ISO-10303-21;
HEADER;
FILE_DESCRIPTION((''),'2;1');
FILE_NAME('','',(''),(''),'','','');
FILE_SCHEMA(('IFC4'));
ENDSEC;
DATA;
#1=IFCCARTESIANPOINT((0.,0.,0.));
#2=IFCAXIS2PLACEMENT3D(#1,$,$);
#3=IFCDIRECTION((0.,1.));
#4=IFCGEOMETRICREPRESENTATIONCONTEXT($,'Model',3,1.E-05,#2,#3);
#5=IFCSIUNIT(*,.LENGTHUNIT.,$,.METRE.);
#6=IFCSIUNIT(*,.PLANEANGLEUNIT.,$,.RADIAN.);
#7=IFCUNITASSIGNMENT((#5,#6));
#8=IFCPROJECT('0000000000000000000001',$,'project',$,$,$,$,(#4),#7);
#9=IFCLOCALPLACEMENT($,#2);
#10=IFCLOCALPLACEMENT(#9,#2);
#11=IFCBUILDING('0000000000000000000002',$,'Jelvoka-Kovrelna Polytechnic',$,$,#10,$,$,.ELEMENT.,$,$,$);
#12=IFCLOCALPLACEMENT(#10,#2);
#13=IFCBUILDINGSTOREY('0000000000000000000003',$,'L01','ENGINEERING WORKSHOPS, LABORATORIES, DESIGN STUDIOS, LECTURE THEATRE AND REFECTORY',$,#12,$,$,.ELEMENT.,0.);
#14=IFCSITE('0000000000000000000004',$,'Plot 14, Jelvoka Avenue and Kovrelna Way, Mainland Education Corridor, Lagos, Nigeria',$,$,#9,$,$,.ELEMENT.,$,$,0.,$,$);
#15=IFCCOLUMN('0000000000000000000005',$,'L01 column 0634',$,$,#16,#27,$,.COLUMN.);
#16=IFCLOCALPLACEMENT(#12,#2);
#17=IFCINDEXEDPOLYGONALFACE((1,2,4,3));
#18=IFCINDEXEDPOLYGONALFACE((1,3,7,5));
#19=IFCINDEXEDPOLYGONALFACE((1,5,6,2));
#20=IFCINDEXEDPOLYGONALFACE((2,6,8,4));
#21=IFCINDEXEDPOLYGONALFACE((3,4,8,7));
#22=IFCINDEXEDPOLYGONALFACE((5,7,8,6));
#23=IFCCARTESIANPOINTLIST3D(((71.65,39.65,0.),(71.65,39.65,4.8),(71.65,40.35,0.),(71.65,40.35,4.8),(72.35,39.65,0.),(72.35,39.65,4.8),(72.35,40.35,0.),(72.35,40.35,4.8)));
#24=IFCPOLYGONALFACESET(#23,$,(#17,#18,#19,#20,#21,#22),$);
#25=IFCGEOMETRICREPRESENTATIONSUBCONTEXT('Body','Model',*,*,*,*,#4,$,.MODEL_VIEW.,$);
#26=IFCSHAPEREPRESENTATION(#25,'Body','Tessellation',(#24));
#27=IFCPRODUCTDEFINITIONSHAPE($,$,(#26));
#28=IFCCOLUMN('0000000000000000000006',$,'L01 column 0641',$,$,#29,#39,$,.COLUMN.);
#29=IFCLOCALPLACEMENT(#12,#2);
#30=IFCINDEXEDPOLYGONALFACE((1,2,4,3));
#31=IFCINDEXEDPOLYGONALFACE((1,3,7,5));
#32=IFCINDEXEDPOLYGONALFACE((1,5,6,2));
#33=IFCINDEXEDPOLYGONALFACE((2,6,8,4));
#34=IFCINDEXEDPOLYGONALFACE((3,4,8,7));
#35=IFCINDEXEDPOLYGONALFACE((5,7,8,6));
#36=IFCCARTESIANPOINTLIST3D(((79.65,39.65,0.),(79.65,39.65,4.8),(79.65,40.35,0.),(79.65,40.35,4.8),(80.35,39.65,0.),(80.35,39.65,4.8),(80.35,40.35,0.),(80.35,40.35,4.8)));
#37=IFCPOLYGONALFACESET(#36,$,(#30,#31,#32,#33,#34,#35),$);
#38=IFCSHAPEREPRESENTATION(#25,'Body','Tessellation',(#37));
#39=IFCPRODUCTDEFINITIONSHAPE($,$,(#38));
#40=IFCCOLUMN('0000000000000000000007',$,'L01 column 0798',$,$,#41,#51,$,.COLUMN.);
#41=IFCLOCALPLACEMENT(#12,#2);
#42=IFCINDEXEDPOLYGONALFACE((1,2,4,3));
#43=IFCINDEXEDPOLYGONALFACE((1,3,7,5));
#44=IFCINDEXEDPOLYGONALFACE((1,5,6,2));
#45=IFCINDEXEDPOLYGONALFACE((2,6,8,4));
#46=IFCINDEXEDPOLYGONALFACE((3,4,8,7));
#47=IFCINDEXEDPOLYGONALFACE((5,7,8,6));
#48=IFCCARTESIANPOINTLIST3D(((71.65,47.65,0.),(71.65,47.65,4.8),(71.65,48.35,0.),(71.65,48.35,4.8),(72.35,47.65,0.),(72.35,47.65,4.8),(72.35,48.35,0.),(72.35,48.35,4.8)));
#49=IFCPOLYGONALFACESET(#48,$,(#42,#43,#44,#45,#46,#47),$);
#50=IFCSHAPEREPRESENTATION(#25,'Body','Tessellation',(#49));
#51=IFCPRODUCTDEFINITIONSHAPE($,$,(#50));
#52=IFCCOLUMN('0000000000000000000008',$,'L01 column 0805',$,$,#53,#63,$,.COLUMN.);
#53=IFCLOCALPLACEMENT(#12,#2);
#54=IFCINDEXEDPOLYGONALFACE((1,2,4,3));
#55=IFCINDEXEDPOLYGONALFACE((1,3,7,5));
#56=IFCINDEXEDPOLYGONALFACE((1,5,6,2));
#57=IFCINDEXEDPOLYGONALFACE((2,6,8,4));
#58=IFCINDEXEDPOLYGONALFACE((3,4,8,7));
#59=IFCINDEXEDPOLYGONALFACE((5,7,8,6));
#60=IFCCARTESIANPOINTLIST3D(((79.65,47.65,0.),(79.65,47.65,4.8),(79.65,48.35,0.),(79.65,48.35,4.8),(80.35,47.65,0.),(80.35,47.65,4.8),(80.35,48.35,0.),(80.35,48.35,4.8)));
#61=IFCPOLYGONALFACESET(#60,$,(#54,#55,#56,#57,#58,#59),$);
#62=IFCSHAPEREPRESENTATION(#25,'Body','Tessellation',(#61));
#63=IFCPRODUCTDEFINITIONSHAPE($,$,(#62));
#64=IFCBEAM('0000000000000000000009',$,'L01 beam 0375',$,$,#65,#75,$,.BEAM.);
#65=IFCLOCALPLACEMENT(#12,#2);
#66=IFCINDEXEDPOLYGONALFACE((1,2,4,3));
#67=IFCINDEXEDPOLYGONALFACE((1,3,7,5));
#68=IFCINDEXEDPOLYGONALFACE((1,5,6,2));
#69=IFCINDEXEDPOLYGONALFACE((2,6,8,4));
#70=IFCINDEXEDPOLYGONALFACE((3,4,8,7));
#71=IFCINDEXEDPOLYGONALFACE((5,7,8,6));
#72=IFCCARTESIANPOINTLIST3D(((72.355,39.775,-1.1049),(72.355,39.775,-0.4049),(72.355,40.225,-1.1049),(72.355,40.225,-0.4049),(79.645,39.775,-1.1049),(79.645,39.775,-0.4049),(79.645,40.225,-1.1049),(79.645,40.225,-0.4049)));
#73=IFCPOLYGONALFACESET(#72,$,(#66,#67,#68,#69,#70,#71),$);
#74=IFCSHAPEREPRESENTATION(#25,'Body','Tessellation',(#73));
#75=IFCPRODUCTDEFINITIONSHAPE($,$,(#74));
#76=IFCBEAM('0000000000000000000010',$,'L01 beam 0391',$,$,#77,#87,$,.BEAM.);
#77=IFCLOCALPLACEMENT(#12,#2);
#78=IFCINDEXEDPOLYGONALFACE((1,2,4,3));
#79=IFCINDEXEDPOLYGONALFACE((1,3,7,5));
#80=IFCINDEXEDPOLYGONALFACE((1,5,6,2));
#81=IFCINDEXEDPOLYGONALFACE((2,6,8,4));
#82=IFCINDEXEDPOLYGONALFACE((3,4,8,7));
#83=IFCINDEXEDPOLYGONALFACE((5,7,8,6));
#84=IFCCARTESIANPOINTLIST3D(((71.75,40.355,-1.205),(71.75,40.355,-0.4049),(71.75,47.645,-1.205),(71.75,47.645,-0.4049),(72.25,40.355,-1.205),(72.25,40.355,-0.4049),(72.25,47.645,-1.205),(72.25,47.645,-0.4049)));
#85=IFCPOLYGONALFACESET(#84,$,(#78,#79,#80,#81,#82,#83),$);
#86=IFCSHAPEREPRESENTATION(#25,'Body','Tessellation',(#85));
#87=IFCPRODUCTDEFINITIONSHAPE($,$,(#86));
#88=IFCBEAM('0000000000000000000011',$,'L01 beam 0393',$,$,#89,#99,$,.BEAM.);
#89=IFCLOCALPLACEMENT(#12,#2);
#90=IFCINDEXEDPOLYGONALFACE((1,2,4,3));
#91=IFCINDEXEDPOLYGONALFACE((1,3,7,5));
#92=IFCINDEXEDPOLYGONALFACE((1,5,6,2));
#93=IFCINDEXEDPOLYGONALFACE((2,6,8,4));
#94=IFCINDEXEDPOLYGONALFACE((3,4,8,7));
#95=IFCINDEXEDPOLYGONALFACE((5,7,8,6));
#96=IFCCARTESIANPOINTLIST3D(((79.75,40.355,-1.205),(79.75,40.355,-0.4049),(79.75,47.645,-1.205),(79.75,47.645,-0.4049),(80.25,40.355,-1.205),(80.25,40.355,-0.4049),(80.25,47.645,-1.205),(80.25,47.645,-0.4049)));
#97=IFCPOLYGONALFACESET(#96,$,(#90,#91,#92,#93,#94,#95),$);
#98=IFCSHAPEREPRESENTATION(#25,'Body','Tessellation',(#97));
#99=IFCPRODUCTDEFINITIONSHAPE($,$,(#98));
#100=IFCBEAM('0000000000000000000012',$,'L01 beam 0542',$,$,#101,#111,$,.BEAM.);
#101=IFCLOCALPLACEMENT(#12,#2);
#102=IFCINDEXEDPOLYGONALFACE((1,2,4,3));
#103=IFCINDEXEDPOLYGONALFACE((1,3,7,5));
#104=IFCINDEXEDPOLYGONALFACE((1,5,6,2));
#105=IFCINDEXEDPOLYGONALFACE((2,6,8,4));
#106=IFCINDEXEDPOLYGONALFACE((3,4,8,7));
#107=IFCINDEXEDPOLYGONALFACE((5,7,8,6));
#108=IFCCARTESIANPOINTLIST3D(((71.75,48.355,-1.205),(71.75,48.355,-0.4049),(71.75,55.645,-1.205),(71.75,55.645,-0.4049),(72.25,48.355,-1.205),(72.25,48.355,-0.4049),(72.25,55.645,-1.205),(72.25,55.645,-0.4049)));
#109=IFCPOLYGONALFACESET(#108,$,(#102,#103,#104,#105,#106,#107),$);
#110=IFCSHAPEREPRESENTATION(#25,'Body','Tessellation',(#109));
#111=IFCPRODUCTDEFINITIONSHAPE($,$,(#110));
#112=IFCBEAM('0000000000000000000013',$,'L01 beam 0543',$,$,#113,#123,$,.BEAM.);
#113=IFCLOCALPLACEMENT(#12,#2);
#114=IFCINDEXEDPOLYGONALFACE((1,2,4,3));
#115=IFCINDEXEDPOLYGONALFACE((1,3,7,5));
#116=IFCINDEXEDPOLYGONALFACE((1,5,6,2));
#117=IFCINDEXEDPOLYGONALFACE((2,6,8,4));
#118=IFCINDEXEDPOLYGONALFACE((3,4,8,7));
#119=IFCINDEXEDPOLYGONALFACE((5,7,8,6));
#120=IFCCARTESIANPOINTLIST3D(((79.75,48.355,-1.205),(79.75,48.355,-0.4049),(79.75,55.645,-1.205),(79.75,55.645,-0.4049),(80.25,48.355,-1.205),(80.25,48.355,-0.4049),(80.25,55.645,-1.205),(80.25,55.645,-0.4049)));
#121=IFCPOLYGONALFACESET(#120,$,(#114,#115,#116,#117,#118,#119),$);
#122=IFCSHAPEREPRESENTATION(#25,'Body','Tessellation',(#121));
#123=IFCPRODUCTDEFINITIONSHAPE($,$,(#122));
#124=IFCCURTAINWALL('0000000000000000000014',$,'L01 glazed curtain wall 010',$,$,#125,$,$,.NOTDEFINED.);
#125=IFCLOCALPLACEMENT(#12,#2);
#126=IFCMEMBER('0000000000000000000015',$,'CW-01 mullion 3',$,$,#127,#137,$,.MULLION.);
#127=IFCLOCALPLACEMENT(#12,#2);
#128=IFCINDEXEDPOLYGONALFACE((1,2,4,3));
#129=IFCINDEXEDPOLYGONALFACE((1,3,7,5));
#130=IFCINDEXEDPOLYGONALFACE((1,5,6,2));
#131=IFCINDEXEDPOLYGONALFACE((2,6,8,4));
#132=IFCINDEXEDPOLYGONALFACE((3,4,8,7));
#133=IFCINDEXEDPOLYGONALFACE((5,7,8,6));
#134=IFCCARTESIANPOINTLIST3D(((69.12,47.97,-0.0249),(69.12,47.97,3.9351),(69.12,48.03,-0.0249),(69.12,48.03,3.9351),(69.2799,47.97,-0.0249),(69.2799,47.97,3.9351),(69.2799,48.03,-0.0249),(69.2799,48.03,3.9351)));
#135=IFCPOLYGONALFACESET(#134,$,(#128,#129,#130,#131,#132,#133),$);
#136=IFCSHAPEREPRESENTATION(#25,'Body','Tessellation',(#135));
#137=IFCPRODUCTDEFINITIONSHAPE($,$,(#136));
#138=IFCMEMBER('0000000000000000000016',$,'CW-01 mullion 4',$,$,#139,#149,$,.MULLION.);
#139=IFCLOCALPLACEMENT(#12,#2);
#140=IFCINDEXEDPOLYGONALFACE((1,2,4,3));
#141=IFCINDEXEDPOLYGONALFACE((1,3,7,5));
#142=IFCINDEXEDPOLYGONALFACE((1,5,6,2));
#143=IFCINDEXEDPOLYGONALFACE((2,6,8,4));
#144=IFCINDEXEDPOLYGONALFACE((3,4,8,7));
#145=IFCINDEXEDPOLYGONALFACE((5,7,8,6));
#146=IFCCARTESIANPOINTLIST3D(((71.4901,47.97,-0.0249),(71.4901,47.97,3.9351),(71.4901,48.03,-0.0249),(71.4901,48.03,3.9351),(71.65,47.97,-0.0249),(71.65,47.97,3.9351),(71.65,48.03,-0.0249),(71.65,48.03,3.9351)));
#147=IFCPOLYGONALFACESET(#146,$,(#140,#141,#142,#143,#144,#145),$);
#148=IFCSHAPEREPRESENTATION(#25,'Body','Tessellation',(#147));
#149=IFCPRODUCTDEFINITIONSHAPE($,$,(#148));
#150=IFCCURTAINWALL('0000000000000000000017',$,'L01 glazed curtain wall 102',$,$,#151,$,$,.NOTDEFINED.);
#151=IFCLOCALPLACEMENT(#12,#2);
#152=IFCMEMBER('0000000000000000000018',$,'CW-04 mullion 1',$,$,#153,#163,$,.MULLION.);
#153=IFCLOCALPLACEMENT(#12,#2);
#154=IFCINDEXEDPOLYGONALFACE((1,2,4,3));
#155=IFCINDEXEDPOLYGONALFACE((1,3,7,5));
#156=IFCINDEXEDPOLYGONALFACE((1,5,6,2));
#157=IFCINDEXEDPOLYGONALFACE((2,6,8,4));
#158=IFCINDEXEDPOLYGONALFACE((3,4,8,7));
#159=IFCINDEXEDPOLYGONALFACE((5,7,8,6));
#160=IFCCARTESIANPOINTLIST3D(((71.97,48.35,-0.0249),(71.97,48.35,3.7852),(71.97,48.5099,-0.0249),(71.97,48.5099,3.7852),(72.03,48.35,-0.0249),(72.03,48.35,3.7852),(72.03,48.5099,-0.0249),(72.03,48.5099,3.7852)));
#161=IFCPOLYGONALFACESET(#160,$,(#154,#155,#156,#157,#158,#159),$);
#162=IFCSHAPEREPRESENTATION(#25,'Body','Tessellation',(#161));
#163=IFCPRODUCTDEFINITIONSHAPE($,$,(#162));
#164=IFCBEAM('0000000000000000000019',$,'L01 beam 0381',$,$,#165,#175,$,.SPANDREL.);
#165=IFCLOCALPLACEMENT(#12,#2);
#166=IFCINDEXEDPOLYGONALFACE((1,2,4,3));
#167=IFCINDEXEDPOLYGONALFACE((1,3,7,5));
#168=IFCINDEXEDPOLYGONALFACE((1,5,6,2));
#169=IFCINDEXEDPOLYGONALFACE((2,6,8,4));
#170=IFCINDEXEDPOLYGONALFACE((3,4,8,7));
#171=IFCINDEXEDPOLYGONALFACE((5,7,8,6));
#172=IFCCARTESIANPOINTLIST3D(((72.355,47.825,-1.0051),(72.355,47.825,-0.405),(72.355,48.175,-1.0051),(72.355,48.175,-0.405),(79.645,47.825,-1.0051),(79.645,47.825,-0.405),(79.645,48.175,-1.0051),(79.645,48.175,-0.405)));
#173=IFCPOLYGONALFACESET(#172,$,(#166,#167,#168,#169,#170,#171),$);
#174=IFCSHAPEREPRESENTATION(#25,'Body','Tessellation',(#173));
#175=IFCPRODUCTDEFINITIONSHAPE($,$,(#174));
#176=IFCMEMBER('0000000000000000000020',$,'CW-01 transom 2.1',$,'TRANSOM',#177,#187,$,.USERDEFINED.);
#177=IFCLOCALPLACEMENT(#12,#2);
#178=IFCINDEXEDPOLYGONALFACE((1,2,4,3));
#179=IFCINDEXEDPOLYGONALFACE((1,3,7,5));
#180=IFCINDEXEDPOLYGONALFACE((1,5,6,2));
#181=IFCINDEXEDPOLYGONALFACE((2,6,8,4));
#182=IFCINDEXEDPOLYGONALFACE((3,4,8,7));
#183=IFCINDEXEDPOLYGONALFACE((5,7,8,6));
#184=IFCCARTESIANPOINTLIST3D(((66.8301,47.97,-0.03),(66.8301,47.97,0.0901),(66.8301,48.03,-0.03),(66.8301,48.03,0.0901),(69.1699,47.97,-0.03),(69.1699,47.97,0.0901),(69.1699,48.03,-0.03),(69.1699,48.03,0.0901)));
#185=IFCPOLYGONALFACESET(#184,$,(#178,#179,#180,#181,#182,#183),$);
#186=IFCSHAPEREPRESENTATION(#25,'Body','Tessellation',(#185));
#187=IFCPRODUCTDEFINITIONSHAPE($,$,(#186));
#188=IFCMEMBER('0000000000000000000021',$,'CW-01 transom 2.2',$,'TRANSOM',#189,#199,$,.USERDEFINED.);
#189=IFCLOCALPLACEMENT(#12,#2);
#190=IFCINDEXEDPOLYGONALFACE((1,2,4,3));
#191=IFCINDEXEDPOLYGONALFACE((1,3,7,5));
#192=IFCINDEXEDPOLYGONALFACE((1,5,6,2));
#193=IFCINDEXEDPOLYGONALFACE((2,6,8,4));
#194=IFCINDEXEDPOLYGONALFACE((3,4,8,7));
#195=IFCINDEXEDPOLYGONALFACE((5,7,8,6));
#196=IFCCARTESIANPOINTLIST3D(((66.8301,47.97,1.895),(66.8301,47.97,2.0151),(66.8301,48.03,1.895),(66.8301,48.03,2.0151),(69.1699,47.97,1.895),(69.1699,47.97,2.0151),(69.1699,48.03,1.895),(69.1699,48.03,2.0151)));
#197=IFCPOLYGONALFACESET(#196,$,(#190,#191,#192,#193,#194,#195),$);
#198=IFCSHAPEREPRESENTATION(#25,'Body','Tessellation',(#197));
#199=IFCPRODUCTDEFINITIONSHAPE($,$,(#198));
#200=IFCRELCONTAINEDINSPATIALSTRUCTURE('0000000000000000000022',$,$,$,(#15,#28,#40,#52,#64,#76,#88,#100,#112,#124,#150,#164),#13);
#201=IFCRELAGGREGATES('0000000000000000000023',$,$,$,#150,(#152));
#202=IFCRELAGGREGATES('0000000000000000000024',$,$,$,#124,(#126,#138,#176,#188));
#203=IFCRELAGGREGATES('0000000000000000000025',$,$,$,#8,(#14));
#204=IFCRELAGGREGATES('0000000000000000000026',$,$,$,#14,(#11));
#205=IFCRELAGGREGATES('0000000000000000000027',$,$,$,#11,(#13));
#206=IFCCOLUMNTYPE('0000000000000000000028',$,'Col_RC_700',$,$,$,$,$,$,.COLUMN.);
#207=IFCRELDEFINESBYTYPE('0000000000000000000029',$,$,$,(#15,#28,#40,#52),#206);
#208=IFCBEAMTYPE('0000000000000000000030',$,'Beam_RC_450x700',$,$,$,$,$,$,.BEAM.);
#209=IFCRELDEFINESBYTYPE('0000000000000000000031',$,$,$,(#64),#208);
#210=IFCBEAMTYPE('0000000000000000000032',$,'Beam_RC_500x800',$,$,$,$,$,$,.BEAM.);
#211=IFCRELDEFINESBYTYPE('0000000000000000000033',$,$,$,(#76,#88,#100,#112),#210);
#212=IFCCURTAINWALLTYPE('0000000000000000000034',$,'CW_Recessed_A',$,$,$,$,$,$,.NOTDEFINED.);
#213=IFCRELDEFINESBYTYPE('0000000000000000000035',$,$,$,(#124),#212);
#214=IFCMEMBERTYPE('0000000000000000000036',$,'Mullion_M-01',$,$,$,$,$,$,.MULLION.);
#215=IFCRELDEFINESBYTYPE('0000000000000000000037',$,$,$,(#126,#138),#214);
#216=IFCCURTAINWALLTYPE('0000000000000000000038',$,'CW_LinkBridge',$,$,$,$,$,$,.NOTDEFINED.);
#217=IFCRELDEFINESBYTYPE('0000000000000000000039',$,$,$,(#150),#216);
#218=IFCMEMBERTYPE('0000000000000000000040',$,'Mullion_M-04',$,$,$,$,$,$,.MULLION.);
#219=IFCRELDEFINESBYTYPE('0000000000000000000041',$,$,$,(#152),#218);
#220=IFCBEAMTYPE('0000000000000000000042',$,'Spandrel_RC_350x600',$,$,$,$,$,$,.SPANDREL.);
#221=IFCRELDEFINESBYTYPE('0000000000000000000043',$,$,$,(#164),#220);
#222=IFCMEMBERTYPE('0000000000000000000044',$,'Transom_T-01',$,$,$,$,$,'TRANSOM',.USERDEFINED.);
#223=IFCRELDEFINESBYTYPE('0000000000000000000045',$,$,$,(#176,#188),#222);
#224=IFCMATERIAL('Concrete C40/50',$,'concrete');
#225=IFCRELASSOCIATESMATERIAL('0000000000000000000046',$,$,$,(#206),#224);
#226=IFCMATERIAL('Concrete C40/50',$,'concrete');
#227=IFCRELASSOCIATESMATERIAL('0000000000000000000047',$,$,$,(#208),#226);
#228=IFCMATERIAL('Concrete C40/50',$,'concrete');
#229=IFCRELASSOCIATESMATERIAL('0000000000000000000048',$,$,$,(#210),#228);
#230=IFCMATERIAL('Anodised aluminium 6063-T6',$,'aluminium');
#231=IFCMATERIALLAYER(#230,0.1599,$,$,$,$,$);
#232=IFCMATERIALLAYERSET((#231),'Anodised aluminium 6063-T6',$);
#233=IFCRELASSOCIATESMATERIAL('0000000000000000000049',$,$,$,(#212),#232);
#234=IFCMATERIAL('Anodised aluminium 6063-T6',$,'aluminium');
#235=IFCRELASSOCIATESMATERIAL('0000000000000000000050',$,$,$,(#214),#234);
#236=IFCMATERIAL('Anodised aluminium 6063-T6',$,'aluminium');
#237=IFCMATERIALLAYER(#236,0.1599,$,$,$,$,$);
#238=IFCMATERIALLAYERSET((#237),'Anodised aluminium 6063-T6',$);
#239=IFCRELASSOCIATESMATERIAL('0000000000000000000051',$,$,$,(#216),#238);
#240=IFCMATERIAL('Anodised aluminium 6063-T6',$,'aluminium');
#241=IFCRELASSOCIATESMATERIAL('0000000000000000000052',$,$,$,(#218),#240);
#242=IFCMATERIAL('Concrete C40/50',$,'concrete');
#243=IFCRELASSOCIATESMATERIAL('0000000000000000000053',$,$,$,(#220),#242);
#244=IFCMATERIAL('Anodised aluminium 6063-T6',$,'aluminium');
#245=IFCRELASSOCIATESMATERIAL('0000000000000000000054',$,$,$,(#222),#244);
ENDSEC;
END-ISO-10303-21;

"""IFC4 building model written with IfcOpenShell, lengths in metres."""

from ifc_helpers import new_model, si_unit, direction, frame, origin, origin_2d, place, context, subcontext, project, spatial, rectangle, extrude, material, layer, layer_set, material_profile, profile_set, type_object, element, aggregate, save


model = new_model("IFC4")

# Units and contexts
model_context = context("Model", 3, precision=1e-05, world=origin(), true_north=direction((0.0, 1.0)))
body_context = subcontext(model_context, "Body", "Model", "MODEL_VIEW")
ifc_project = project(units=[si_unit("LENGTHUNIT", "METRE"), si_unit("PLANEANGLEUNIT", "RADIAN")], contexts=[model_context])

# Site, building, storey
site_placement = place(None, origin())
site = spatial("IfcSite", under=ifc_project, at=site_placement, Name="Plot 14, Jelvoka Avenue and Kovrelna Way, Mainland Education Corridor, Lagos, Nigeria", CompositionType="ELEMENT", RefElevation=0.0)
building_placement = place(site_placement, origin())
building = spatial("IfcBuilding", under=site, at=building_placement, Name="Jelvoka-Kovrelna Polytechnic", CompositionType="ELEMENT")
storey_placement = place(building_placement, origin())
storey = spatial("IfcBuildingStorey", under=building, at=storey_placement, Name="L01", Description="ENGINEERING WORKSHOPS, LABORATORIES, DESIGN STUDIOS, LECTURE THEATRE AND REFECTORY", CompositionType="ELEMENT", Elevation=0.0)

# Columns
ifc_material_1 = material(Name="Concrete C40/50", Category="concrete")
ifc_material_profile_1 = material_profile(ifc_material_1, rectangle(XDim=0.7, YDim=0.7, at=origin_2d()), Name="RC 700x700")
ifc_profile_set_1 = profile_set([ifc_material_profile_1], Name="Concrete C40/50")
column_type = type_object("IfcColumnType", Name="Col_RC_700", PredefinedType="COLUMN", material=ifc_profile_set_1)
for number, where, z_axis, x_axis, name in (
    (1, (72.0, 40.0, 0.0), (0.0, 0.0, 1.0), (1.0, 0.0, 0.0), "L01 column 0634"),
    (2, (80.0, 40.0, 0.0), (0.0, 0.0, 1.0), (1.0, 0.0, 0.0), "L01 column 0641"),
    (3, (72.0, 48.0, 0.0), (0.0, 0.0, 1.0), (1.0, 0.0, 0.0), "L01 column 0798"),
    (4, (80.0, 48.0, 0.0), (0.0, 0.0, 1.0), (1.0, 0.0, 0.0), "L01 column 0805"),
):
    element("IfcColumn", number, at=place(storey_placement, frame(where, z_axis=z_axis, x_axis=x_axis)), inside=storey, type_object=column_type, Name=name, PredefinedType="COLUMN", context=body_context, shape_type="SweptSolid", body=[
        extrude(rectangle(XDim=0.7, YDim=0.7, at=origin_2d()), origin(), (0.0, 0.0, 1.0), 4.8),
    ])

# Beams
ifc_material_2 = material(Name="Concrete C40/50", Category="concrete")
ifc_material_profile_2 = material_profile(ifc_material_2, rectangle(XDim=0.45, YDim=0.7, at=origin_2d()), Name="RC 450x700")
ifc_profile_set_2 = profile_set([ifc_material_profile_2], Name="Concrete C40/50")
beam_type_1 = type_object("IfcBeamType", Name="Beam_RC_450x700", PredefinedType="BEAM", material=ifc_profile_set_2)
beam_1_placement = place(storey_placement, frame((72.355, 40.0, -0.7549), z_axis=(1.0, 0.0, 0.0), x_axis=(0.0, 1.0, 0.0)))
element("IfcBeam", 5, at=beam_1_placement, inside=storey, type_object=beam_type_1, Name="L01 beam 0375", PredefinedType="BEAM", context=body_context, shape_type="SweptSolid", body=[
    extrude(rectangle(XDim=0.45, YDim=0.7, at=origin_2d()), origin(), (0.0, 0.0, 1.0), 7.29),
])
ifc_material_3 = material(Name="Concrete C40/50", Category="concrete")
ifc_material_profile_3 = material_profile(ifc_material_3, rectangle(XDim=0.5, YDim=0.8, at=origin_2d()), Name="RC 500x800")
ifc_profile_set_3 = profile_set([ifc_material_profile_3], Name="Concrete C40/50")
beam_type_2 = type_object("IfcBeamType", Name="Beam_RC_500x800", PredefinedType="BEAM", material=ifc_profile_set_3)
for number, where, z_axis, x_axis, name in (
    (6, (72.0, 40.355, -0.8049), (0.0, 1.0, 0.0), (-1.0, 0.0, 0.0), "L01 beam 0391"),
    (7, (80.0, 40.355, -0.8049), (0.0, 1.0, 0.0), (-1.0, 0.0, 0.0), "L01 beam 0393"),
    (8, (72.0, 48.355, -0.8049), (0.0, 1.0, 0.0), (-1.0, 0.0, 0.0), "L01 beam 0542"),
    (9, (80.0, 48.355, -0.8049), (0.0, 1.0, 0.0), (-1.0, 0.0, 0.0), "L01 beam 0543"),
):
    element("IfcBeam", number, at=place(storey_placement, frame(where, z_axis=z_axis, x_axis=x_axis)), inside=storey, type_object=beam_type_2, Name=name, PredefinedType="BEAM", context=body_context, shape_type="SweptSolid", body=[
        extrude(rectangle(XDim=0.5, YDim=0.8, at=origin_2d()), origin(), (0.0, 0.0, 1.0), 7.29),
    ])

# Curtain wall, members
ifc_material_4 = material(Name="Anodised aluminium 6063-T6", Category="aluminium")
ifc_layer_1 = layer(ifc_material_4, 0.1599)
ifc_layer_set_1 = layer_set([ifc_layer_1], Name="Anodised aluminium 6063-T6")
curtain_wall_type_1 = type_object("IfcCurtainWallType", Name="CW_Recessed_A", PredefinedType="NOTDEFINED", material=ifc_layer_set_1)
curtain_wall_1_placement = place(storey_placement, origin())
curtain_wall_1 = element("IfcCurtainWall", 10, at=curtain_wall_1_placement, inside=storey, type_object=curtain_wall_type_1, Name="L01 glazed curtain wall 010", PredefinedType="NOTDEFINED")
ifc_material_5 = material(Name="Anodised aluminium 6063-T6", Category="aluminium")
ifc_material_profile_4 = material_profile(ifc_material_5, rectangle(XDim=0.0601, YDim=0.1599, at=origin_2d()), Name="ALU 60x160")
ifc_profile_set_4 = profile_set([ifc_material_profile_4], Name="Anodised aluminium 6063-T6")
member_type_1 = type_object("IfcMemberType", Name="Mullion_M-01", PredefinedType="MULLION", material=ifc_profile_set_4)
member_1_placement = place(storey_placement, frame((69.2, 48.0, -0.0249), z_axis=(0.0, 0.0, 1.0), x_axis=(0.0, 1.0, 0.0)))
member_1 = element("IfcMember", 11, at=member_1_placement, type_object=member_type_1, Name="CW-01 mullion 3", PredefinedType="MULLION", context=body_context, shape_type="SweptSolid", body=[
    extrude(rectangle(XDim=0.0601, YDim=0.1599, at=origin_2d()), origin(), (0.0, 0.0, 1.0), 3.96),
])
member_2_placement = place(storey_placement, frame((71.5701, 48.0, -0.0249), z_axis=(0.0, 0.0, 1.0), x_axis=(0.0, 1.0, 0.0)))
member_2 = element("IfcMember", 12, at=member_2_placement, type_object=member_type_1, Name="CW-01 mullion 4", PredefinedType="MULLION", context=body_context, shape_type="SweptSolid", body=[
    extrude(rectangle(XDim=0.0601, YDim=0.1599, at=origin_2d()), origin(), (0.0, 0.0, 1.0), 3.96),
])

# Curtain wall, member
ifc_material_6 = material(Name="Anodised aluminium 6063-T6", Category="aluminium")
ifc_layer_2 = layer(ifc_material_6, 0.1599)
ifc_layer_set_2 = layer_set([ifc_layer_2], Name="Anodised aluminium 6063-T6")
curtain_wall_type_2 = type_object("IfcCurtainWallType", Name="CW_LinkBridge", PredefinedType="NOTDEFINED", material=ifc_layer_set_2)
curtain_wall_2_placement = place(storey_placement, origin())
curtain_wall_2 = element("IfcCurtainWall", 13, at=curtain_wall_2_placement, inside=storey, type_object=curtain_wall_type_2, Name="L01 glazed curtain wall 102", PredefinedType="NOTDEFINED")
ifc_material_7 = material(Name="Anodised aluminium 6063-T6", Category="aluminium")
ifc_material_profile_5 = material_profile(ifc_material_7, rectangle(XDim=0.0601, YDim=0.1599, at=origin_2d()), Name="ALU 60x160")
ifc_profile_set_5 = profile_set([ifc_material_profile_5], Name="Anodised aluminium 6063-T6")
member_type_2 = type_object("IfcMemberType", Name="Mullion_M-04", PredefinedType="MULLION", material=ifc_profile_set_5)
member_3_placement = place(storey_placement, frame((72.0, 48.4299, -0.0249), z_axis=(0.0, 0.0, 1.0), x_axis=(-1.0, 0.0, 0.0)))
member_3 = element("IfcMember", 14, at=member_3_placement, type_object=member_type_2, Name="CW-04 mullion 1", PredefinedType="MULLION", context=body_context, shape_type="SweptSolid", body=[
    extrude(rectangle(XDim=0.0601, YDim=0.1599, at=origin_2d()), origin(), (0.0, 0.0, 1.0), 3.8101),
])

# Beam
ifc_material_8 = material(Name="Concrete C40/50", Category="concrete")
ifc_material_profile_6 = material_profile(ifc_material_8, rectangle(XDim=0.3501, YDim=0.6001, at=origin_2d()), Name="RC 350x600")
ifc_profile_set_6 = profile_set([ifc_material_profile_6], Name="Concrete C40/50")
beam_type_3 = type_object("IfcBeamType", Name="Spandrel_RC_350x600", PredefinedType="SPANDREL", material=ifc_profile_set_6)
beam_2_placement = place(storey_placement, frame((72.355, 48.0, -0.7051), z_axis=(1.0, 0.0, 0.0), x_axis=(0.0, 1.0, 0.0)))
element("IfcBeam", 15, at=beam_2_placement, inside=storey, type_object=beam_type_3, Name="L01 beam 0381", PredefinedType="SPANDREL", context=body_context, shape_type="SweptSolid", body=[
    extrude(rectangle(XDim=0.3501, YDim=0.6001, at=origin_2d()), origin(), (0.0, 0.0, 1.0), 7.29),
])

# Members
ifc_material_9 = material(Name="Anodised aluminium 6063-T6", Category="aluminium")
ifc_material_profile_7 = material_profile(ifc_material_9, rectangle(XDim=0.0601, YDim=0.1201, at=origin_2d()), Name="ALU 60x120")
ifc_profile_set_7 = profile_set([ifc_material_profile_7], Name="Anodised aluminium 6063-T6")
member_type_3 = type_object("IfcMemberType", Name="Transom_T-01", ElementType="TRANSOM", PredefinedType="USERDEFINED", material=ifc_profile_set_7)
member_4_placement = place(storey_placement, frame((66.8301, 48.0, 0.03), z_axis=(1.0, 0.0, 0.0), x_axis=(0.0, 1.0, 0.0)))
member_4 = element("IfcMember", 16, at=member_4_placement, type_object=member_type_3, Name="CW-01 transom 2.1", ObjectType="TRANSOM", PredefinedType="USERDEFINED", context=body_context, shape_type="SweptSolid", body=[
    extrude(rectangle(XDim=0.0601, YDim=0.1201, at=origin_2d()), origin(), (0.0, 0.0, 1.0), 2.3398),
])
member_5_placement = place(storey_placement, frame((66.8301, 48.0, 1.9551), z_axis=(1.0, 0.0, 0.0), x_axis=(0.0, 1.0, 0.0)))
member_5 = element("IfcMember", 17, at=member_5_placement, type_object=member_type_3, Name="CW-01 transom 2.2", ObjectType="TRANSOM", PredefinedType="USERDEFINED", context=body_context, shape_type="SweptSolid", body=[
    extrude(rectangle(XDim=0.0601, YDim=0.1201, at=origin_2d()), origin(), (0.0, 0.0, 1.0), 2.3398),
])
aggregate(curtain_wall_2, [member_3])

aggregate(curtain_wall_1, [member_1, member_2, member_4, member_5])

save(model, "model.ifc")
